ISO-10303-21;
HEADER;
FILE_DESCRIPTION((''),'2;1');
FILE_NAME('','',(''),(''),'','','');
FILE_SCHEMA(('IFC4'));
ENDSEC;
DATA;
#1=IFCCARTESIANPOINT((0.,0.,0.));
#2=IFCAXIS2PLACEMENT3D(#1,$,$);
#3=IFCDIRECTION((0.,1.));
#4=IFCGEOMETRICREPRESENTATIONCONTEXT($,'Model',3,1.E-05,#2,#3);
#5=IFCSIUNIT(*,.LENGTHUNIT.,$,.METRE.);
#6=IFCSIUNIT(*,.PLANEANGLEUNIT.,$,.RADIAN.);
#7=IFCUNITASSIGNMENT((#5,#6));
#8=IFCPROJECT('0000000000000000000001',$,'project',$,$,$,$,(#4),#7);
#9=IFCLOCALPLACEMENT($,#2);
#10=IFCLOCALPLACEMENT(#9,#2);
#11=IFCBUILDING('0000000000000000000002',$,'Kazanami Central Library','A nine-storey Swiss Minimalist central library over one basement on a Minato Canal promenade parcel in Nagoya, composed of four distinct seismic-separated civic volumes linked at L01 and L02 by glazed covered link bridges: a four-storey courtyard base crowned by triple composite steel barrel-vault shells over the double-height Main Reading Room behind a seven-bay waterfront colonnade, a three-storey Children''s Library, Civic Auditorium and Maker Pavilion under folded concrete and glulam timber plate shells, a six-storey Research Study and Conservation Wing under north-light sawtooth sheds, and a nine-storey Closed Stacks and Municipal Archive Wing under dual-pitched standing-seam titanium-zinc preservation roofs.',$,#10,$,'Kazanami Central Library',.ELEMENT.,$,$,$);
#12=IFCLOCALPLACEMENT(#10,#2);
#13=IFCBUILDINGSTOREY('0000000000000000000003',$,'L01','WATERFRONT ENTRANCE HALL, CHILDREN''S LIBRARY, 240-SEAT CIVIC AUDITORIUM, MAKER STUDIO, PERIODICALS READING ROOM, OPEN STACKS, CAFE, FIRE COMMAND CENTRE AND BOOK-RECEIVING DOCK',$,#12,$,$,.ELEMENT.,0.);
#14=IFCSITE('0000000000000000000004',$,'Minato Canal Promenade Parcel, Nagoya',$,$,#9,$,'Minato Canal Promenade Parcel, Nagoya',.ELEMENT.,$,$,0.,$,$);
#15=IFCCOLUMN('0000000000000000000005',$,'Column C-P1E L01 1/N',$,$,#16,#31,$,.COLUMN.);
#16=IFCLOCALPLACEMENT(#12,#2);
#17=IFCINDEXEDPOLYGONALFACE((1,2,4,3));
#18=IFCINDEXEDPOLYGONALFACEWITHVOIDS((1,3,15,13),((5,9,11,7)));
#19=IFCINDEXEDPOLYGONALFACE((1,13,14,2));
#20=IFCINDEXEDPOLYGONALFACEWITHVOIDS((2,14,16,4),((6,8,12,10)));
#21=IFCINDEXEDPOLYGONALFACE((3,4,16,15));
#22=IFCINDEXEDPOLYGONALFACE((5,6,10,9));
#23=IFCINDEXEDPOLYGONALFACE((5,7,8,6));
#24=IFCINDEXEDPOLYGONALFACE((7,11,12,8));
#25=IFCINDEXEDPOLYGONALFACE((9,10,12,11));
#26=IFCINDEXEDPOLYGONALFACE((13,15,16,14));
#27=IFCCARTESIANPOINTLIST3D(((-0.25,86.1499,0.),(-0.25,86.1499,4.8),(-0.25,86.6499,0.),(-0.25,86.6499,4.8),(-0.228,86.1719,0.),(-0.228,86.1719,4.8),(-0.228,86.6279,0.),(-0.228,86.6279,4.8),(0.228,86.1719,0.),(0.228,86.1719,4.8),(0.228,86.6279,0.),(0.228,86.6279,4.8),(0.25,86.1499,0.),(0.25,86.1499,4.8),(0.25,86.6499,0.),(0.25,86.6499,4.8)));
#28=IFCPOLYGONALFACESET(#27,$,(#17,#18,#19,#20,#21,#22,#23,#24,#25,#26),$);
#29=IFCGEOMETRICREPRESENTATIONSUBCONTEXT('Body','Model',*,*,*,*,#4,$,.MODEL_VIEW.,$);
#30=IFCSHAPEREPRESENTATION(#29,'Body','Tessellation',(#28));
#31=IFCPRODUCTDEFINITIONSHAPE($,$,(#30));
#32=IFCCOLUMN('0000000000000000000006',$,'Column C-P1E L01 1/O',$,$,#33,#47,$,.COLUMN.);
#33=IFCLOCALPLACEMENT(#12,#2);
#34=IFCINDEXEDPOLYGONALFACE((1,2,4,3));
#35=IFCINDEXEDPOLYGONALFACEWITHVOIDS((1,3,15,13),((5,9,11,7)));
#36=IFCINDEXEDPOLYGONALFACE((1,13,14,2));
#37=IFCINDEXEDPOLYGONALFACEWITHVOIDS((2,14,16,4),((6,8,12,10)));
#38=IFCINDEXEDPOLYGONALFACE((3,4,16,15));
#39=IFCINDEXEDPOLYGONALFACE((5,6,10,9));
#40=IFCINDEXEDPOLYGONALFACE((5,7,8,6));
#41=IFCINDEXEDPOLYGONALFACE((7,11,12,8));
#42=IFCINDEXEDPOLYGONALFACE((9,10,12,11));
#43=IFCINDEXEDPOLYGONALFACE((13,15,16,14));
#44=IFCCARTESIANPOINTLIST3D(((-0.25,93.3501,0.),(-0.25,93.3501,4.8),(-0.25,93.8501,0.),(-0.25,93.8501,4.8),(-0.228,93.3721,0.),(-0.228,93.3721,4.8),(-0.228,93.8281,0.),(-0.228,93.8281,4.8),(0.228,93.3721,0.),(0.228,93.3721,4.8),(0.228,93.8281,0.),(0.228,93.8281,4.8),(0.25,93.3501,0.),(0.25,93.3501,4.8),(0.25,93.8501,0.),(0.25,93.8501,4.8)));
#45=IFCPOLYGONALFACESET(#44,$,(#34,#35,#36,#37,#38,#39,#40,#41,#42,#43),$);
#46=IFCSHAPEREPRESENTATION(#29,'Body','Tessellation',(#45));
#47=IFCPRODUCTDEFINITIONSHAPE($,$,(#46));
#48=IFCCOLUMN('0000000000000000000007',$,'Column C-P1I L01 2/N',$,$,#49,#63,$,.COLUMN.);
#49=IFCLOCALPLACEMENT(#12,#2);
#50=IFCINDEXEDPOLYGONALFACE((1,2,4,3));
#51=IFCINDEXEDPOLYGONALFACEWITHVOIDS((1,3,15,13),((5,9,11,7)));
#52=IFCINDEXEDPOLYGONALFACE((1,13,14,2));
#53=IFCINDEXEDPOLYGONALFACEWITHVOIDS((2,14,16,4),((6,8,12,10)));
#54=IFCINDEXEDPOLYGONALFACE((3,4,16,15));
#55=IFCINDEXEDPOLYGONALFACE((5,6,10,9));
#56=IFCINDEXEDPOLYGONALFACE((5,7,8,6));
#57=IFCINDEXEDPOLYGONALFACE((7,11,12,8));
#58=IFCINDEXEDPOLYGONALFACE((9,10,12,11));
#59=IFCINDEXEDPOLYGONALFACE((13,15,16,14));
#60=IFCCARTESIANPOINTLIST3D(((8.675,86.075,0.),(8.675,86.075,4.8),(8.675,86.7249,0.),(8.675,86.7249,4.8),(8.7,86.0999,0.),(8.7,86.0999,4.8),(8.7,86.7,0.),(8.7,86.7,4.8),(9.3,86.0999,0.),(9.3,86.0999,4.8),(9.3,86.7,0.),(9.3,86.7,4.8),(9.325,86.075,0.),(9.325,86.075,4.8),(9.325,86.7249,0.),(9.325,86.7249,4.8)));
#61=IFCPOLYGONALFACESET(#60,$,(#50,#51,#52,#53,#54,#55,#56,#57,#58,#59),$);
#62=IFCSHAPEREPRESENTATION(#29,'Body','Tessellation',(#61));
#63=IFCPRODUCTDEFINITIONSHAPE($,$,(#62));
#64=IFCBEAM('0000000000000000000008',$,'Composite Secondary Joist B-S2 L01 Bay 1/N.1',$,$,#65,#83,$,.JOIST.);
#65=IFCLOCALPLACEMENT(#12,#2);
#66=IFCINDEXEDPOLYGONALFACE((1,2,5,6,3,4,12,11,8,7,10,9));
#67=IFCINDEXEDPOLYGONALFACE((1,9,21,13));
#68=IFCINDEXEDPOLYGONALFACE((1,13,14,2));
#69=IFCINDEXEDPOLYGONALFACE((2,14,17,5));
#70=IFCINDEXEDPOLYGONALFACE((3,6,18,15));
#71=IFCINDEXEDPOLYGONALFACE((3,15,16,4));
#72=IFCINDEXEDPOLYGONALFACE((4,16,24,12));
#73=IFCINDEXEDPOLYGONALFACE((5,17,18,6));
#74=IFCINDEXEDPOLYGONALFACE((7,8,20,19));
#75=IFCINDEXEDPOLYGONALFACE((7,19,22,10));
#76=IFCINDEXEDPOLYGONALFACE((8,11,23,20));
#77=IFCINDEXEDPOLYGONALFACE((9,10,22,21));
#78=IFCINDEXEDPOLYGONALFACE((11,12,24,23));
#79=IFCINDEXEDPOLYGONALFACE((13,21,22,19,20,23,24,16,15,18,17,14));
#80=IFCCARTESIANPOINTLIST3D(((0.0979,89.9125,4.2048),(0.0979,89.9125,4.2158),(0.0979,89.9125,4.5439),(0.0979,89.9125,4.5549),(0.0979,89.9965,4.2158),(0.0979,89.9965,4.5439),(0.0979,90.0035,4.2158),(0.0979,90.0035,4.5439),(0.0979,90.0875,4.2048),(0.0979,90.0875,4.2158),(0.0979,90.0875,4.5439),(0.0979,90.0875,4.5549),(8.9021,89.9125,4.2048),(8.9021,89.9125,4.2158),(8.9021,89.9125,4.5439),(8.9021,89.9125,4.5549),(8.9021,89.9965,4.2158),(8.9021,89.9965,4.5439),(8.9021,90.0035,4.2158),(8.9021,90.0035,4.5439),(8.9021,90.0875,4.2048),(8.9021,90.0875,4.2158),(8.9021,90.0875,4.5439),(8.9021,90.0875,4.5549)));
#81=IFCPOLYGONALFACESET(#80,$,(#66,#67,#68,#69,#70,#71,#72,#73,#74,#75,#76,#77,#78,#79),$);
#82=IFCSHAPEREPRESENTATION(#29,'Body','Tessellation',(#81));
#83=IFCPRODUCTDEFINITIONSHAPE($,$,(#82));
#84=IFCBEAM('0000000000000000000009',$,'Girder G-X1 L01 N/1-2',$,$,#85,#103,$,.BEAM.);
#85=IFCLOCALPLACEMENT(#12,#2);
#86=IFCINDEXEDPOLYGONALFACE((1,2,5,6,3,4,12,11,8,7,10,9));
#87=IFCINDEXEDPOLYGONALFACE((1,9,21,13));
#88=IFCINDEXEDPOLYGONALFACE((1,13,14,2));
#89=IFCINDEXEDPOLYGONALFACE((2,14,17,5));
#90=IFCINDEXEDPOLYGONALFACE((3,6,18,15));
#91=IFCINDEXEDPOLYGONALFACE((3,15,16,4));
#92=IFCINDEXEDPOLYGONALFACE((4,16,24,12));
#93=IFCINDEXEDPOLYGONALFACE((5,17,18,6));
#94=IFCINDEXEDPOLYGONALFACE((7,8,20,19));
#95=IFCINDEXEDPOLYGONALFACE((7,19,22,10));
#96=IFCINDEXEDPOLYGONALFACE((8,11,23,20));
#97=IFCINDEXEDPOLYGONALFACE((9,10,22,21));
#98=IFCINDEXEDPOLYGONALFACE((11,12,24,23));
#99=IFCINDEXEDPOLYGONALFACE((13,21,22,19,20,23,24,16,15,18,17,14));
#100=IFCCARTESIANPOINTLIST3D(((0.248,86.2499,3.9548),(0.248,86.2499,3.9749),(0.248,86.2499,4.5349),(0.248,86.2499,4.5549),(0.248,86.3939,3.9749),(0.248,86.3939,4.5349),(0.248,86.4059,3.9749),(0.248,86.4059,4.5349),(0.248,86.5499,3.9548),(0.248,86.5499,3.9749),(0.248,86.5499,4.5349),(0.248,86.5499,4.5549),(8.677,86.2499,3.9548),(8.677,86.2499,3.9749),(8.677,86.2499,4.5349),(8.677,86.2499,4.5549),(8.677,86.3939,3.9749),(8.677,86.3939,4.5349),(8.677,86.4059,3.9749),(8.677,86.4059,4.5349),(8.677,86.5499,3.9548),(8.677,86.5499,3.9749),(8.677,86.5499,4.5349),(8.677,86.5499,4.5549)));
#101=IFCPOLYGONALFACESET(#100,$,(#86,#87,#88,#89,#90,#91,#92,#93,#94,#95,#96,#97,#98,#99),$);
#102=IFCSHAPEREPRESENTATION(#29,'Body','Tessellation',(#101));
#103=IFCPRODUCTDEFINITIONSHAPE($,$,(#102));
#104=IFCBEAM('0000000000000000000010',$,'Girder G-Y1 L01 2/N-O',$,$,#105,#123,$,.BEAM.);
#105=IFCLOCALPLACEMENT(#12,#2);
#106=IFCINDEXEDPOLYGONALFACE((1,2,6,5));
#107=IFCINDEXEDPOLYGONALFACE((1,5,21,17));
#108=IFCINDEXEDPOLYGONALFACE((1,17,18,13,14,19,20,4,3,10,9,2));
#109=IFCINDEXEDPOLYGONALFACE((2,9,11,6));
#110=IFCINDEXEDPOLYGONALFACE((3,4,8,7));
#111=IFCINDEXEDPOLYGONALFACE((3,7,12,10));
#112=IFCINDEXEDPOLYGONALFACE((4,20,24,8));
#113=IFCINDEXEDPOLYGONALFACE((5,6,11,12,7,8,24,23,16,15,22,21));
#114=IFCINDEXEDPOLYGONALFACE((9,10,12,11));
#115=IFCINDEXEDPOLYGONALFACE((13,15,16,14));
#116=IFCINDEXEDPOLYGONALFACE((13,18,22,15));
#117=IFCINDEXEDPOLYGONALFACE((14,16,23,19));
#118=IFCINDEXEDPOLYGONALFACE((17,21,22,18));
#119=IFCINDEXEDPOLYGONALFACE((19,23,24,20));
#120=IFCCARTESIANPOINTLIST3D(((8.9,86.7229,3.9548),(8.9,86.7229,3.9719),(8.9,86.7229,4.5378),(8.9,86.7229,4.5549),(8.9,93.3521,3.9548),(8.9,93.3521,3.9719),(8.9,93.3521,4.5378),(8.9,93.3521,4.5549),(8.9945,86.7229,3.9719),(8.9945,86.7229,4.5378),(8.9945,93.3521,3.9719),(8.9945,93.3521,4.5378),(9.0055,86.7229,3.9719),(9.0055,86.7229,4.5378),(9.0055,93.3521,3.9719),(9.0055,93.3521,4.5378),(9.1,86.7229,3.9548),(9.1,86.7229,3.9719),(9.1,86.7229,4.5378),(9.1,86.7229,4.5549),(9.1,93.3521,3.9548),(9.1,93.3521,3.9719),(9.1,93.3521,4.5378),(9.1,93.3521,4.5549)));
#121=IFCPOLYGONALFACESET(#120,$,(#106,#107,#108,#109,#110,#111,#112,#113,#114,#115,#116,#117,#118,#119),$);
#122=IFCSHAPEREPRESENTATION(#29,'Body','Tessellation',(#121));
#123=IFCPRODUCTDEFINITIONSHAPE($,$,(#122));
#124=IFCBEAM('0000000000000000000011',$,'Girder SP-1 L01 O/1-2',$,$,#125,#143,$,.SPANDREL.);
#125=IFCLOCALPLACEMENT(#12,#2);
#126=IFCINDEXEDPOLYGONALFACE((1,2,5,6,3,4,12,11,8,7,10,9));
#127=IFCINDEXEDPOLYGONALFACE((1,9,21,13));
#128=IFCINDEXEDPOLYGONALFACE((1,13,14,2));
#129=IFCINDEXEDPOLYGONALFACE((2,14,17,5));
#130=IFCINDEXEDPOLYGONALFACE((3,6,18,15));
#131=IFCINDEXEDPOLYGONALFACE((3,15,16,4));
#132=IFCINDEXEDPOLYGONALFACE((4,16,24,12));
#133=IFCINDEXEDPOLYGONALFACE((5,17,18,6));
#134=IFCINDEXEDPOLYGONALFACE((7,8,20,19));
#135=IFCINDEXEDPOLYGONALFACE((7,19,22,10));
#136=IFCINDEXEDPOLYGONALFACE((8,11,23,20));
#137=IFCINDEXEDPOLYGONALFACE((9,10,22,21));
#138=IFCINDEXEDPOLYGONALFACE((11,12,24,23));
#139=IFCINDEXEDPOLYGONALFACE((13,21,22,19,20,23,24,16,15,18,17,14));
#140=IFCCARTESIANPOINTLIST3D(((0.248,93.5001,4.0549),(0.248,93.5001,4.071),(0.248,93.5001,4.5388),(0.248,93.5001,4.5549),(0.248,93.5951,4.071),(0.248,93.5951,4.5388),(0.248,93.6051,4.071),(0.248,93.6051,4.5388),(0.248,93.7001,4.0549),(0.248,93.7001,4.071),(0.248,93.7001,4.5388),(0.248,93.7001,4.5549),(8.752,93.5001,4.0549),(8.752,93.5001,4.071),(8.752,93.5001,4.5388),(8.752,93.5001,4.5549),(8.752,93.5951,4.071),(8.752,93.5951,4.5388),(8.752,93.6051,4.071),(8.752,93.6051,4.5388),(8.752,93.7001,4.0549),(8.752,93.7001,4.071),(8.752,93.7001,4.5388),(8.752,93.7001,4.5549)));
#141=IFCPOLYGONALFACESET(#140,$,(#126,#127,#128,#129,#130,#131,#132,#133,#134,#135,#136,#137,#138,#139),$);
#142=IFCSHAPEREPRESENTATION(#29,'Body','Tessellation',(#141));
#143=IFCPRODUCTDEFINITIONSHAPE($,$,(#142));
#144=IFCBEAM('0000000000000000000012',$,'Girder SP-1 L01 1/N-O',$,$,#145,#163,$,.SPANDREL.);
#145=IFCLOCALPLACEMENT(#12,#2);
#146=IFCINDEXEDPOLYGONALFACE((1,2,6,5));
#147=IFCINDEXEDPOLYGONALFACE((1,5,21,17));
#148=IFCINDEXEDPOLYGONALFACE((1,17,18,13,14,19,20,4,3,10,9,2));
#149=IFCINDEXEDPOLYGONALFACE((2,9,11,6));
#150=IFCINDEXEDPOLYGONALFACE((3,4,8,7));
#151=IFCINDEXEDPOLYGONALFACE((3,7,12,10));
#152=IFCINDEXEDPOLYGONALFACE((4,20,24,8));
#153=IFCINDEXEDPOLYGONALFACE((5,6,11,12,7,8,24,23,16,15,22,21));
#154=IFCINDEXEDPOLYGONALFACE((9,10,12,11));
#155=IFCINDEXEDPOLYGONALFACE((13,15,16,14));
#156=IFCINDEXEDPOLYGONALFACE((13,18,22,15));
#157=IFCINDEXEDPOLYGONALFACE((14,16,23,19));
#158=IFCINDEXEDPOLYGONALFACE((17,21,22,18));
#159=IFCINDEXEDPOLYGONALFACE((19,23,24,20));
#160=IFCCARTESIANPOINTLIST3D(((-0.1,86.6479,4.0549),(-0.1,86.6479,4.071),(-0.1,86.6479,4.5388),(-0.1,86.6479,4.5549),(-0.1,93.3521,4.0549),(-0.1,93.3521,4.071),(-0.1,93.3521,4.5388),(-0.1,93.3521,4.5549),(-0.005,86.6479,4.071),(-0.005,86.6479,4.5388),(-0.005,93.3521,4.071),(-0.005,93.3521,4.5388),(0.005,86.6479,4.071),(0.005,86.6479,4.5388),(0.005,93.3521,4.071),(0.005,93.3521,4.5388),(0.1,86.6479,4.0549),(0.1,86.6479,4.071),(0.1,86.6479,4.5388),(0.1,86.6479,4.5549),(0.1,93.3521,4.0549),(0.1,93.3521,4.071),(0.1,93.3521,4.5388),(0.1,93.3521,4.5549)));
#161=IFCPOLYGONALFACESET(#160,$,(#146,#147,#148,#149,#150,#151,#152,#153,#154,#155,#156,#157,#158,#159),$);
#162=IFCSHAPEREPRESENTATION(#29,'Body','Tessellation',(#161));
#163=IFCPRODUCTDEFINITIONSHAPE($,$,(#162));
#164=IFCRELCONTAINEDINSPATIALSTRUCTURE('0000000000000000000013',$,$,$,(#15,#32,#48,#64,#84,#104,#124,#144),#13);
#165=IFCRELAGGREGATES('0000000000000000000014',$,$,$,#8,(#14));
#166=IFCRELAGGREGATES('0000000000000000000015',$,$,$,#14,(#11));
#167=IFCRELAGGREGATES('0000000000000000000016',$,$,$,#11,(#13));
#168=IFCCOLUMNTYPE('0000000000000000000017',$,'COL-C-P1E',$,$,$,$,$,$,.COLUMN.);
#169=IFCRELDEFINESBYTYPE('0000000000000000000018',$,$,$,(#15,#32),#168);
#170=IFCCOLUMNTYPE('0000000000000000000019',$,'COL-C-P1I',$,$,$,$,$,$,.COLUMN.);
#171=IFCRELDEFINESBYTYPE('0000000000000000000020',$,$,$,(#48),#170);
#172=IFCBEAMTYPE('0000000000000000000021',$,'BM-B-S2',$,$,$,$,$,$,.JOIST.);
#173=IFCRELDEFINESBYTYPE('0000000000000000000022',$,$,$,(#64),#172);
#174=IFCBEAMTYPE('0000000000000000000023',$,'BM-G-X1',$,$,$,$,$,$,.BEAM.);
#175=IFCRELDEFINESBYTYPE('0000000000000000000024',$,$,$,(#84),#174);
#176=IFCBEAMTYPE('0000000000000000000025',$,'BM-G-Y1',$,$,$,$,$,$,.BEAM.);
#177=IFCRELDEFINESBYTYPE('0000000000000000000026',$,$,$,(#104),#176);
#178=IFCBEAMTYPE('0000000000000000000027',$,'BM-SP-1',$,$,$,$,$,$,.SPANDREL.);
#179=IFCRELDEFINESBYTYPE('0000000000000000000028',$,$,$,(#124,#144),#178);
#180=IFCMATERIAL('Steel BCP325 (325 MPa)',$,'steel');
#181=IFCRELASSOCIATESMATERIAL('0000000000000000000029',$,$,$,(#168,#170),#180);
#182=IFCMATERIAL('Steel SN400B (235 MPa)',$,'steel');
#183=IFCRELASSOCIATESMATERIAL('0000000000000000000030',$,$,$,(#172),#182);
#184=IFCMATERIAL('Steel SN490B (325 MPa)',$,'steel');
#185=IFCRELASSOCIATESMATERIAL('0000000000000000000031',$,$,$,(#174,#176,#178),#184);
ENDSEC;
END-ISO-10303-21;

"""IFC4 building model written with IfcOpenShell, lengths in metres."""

from ifc_helpers import new_model, si_unit, direction, frame, origin, origin_2d, place, context, subcontext, project, spatial, hollow_rectangle, i_section, extrude, material, material_profile, profile_set, type_object, element, save


model = new_model("IFC4")

# Units and contexts
model_context = context("Model", 3, precision=1e-05, world=origin(), true_north=direction((0.0, 1.0)))
body_context = subcontext(model_context, "Body", "Model", "MODEL_VIEW")
ifc_project = project(units=[si_unit("LENGTHUNIT", "METRE"), si_unit("PLANEANGLEUNIT", "RADIAN")], contexts=[model_context])

# Site, building, storey
site_placement = place(None, origin())
site = spatial("IfcSite", under=ifc_project, at=site_placement, Name="Minato Canal Promenade Parcel, Nagoya", LongName="Minato Canal Promenade Parcel, Nagoya", CompositionType="ELEMENT", RefElevation=0.0)
building_placement = place(site_placement, origin())
building = spatial("IfcBuilding", under=site, at=building_placement, Name="Kazanami Central Library", Description="A nine-storey Swiss Minimalist central library over one basement on a Minato Canal promenade parcel in Nagoya, composed of four distinct seismic-separated civic volumes linked at L01 and L02 by glazed covered link bridges: a four-storey courtyard base crowned by triple composite steel barrel-vault shells over the double-height Main Reading Room behind a seven-bay waterfront colonnade, a three-storey Children's Library, Civic Auditorium and Maker Pavilion under folded concrete and glulam timber plate shells, a six-storey Research Study and Conservation Wing under north-light sawtooth sheds, and a nine-storey Closed Stacks and Municipal Archive Wing under dual-pitched standing-seam titanium-zinc preservation roofs.", LongName="Kazanami Central Library", CompositionType="ELEMENT")
storey_placement = place(building_placement, origin())
storey = spatial("IfcBuildingStorey", under=building, at=storey_placement, Name="L01", Description="WATERFRONT ENTRANCE HALL, CHILDREN'S LIBRARY, 240-SEAT CIVIC AUDITORIUM, MAKER STUDIO, PERIODICALS READING ROOM, OPEN STACKS, CAFE, FIRE COMMAND CENTRE AND BOOK-RECEIVING DOCK", CompositionType="ELEMENT", Elevation=0.0)

# Columns
ifc_material_1 = material(Name="Steel BCP325 (325 MPa)", Category="steel")
ifc_material_profile_1 = material_profile(ifc_material_1, hollow_rectangle(XDim=0.5, YDim=0.5, WallThickness=0.022, at=origin_2d()), Name="BCP-500x500x22")
ifc_profile_set_1 = profile_set([ifc_material_profile_1], Name="Steel BCP325 (325 MPa)")
column_type_1 = type_object("IfcColumnType", Name="COL-C-P1E", PredefinedType="COLUMN", material=ifc_profile_set_1)
for number, where, z_axis, x_axis, name in (
    (1, (0.0, 86.3999, 0.0), (0.0, 0.0, 1.0), (1.0, 0.0, 0.0), "Column C-P1E L01 1/N"),
    (2, (0.0, 93.6001, 0.0), (0.0, 0.0, 1.0), (1.0, 0.0, 0.0), "Column C-P1E L01 1/O"),
):
    element("IfcColumn", number, at=place(storey_placement, frame(where, z_axis=z_axis, x_axis=x_axis)), inside=storey, type_object=column_type_1, Name=name, PredefinedType="COLUMN", context=body_context, shape_type="SweptSolid", body=[
        extrude(hollow_rectangle(XDim=0.5, YDim=0.5, WallThickness=0.022, at=origin_2d()), origin(), (0.0, 0.0, 1.0), 4.8),
    ])
ifc_material_profile_2 = material_profile(ifc_material_1, hollow_rectangle(XDim=0.6499, YDim=0.6499, WallThickness=0.0249, at=origin_2d()), Name="BCP-650x650x25")
ifc_profile_set_2 = profile_set([ifc_material_profile_2], Name="Steel BCP325 (325 MPa)")
column_type_2 = type_object("IfcColumnType", Name="COL-C-P1I", PredefinedType="COLUMN", material=ifc_profile_set_2)
column_placement = place(storey_placement, frame((9.0, 86.3999, 0.0), z_axis=(0.0, 0.0, 1.0), x_axis=(1.0, 0.0, 0.0)))
element("IfcColumn", 3, at=column_placement, inside=storey, type_object=column_type_2, Name="Column C-P1I L01 2/N", PredefinedType="COLUMN", context=body_context, shape_type="SweptSolid", body=[
    extrude(hollow_rectangle(XDim=0.6499, YDim=0.6499, WallThickness=0.0249, at=origin_2d()), origin(), (0.0, 0.0, 1.0), 4.8),
])

# Beams
ifc_material_2 = material(Name="Steel SN400B (235 MPa)", Category="steel")
ifc_material_profile_3 = material_profile(ifc_material_2, i_section(OverallWidth=0.175, OverallDepth=0.3501, WebThickness=0.0071, FlangeThickness=0.011, at=origin_2d()), Name="H-350x175x7x11")
ifc_profile_set_3 = profile_set([ifc_material_profile_3], Name="Steel SN400B (235 MPa)")
beam_type_1 = type_object("IfcBeamType", Name="BM-B-S2", PredefinedType="JOIST", material=ifc_profile_set_3)
beam_1_placement = place(storey_placement, frame((0.0979, 90.0, 4.3799), z_axis=(1.0, 0.0, 0.0), x_axis=(0.0, 1.0, 0.0)))
element("IfcBeam", 4, at=beam_1_placement, inside=storey, type_object=beam_type_1, Name="Composite Secondary Joist B-S2 L01 Bay 1/N.1", PredefinedType="JOIST", context=body_context, shape_type="SweptSolid", body=[
    extrude(i_section(OverallWidth=0.175, OverallDepth=0.3501, WebThickness=0.0071, FlangeThickness=0.011, at=origin_2d()), origin(), (0.0, 0.0, 1.0), 8.8042),
])
ifc_material_3 = material(Name="Steel SN490B (325 MPa)", Category="steel")
ifc_material_profile_4 = material_profile(ifc_material_3, i_section(OverallWidth=0.3, OverallDepth=0.6001, WebThickness=0.012, FlangeThickness=0.02, at=origin_2d()), Name="H-600x300x12x20")
ifc_profile_set_4 = profile_set([ifc_material_profile_4], Name="Steel SN490B (325 MPa)")
beam_type_2 = type_object("IfcBeamType", Name="BM-G-X1", PredefinedType="BEAM", material=ifc_profile_set_4)
beam_2_placement = place(storey_placement, frame((0.248, 86.3999, 4.2549), z_axis=(1.0, 0.0, 0.0), x_axis=(0.0, 1.0, 0.0)))
element("IfcBeam", 5, at=beam_2_placement, inside=storey, type_object=beam_type_2, Name="Girder G-X1 L01 N/1-2", PredefinedType="BEAM", context=body_context, shape_type="SweptSolid", body=[
    extrude(i_section(OverallWidth=0.3, OverallDepth=0.6001, WebThickness=0.012, FlangeThickness=0.02, at=origin_2d()), origin(), (0.0, 0.0, 1.0), 8.429),
])
ifc_material_profile_5 = material_profile(ifc_material_3, i_section(OverallWidth=0.2, OverallDepth=0.6001, WebThickness=0.011, FlangeThickness=0.0171, at=origin_2d()), Name="H-600x200x11x17")
ifc_profile_set_5 = profile_set([ifc_material_profile_5], Name="Steel SN490B (325 MPa)")
beam_type_3 = type_object("IfcBeamType", Name="BM-G-Y1", PredefinedType="BEAM", material=ifc_profile_set_5)
beam_3_placement = place(storey_placement, frame((9.0, 86.7229, 4.2549), z_axis=(0.0, 1.0, 0.0), x_axis=(-1.0, 0.0, 0.0)))
element("IfcBeam", 6, at=beam_3_placement, inside=storey, type_object=beam_type_3, Name="Girder G-Y1 L01 2/N-O", PredefinedType="BEAM", context=body_context, shape_type="SweptSolid", body=[
    extrude(i_section(OverallWidth=0.2, OverallDepth=0.6001, WebThickness=0.011, FlangeThickness=0.0171, at=origin_2d()), origin(), (0.0, 0.0, 1.0), 6.6292),
])
ifc_material_profile_6 = material_profile(ifc_material_3, i_section(OverallWidth=0.2, OverallDepth=0.5, WebThickness=0.01, FlangeThickness=0.0161, at=origin_2d()), Name="H-500x200x10x16")
ifc_profile_set_6 = profile_set([ifc_material_profile_6], Name="Steel SN490B (325 MPa)")
beam_type_4 = type_object("IfcBeamType", Name="BM-SP-1", PredefinedType="SPANDREL", material=ifc_profile_set_6)
beam_4_placement = place(storey_placement, frame((0.248, 93.6001, 4.3049), z_axis=(1.0, 0.0, 0.0), x_axis=(0.0, 1.0, 0.0)))
element("IfcBeam", 7, at=beam_4_placement, inside=storey, type_object=beam_type_4, Name="Girder SP-1 L01 O/1-2", PredefinedType="SPANDREL", context=body_context, shape_type="SweptSolid", body=[
    extrude(i_section(OverallWidth=0.2, OverallDepth=0.5, WebThickness=0.01, FlangeThickness=0.0161, at=origin_2d()), origin(), (0.0, 0.0, 1.0), 8.5039),
])
beam_5_placement = place(storey_placement, frame((0.0, 86.6479, 4.3049), z_axis=(0.0, 1.0, 0.0), x_axis=(-1.0, 0.0, 0.0)))
element("IfcBeam", 8, at=beam_5_placement, inside=storey, type_object=beam_type_4, Name="Girder SP-1 L01 1/N-O", PredefinedType="SPANDREL", context=body_context, shape_type="SweptSolid", body=[
    extrude(i_section(OverallWidth=0.2, OverallDepth=0.5, WebThickness=0.01, FlangeThickness=0.0161, at=origin_2d()), origin(), (0.0, 0.0, 1.0), 6.7041),
])

save(model, "model.ifc")
